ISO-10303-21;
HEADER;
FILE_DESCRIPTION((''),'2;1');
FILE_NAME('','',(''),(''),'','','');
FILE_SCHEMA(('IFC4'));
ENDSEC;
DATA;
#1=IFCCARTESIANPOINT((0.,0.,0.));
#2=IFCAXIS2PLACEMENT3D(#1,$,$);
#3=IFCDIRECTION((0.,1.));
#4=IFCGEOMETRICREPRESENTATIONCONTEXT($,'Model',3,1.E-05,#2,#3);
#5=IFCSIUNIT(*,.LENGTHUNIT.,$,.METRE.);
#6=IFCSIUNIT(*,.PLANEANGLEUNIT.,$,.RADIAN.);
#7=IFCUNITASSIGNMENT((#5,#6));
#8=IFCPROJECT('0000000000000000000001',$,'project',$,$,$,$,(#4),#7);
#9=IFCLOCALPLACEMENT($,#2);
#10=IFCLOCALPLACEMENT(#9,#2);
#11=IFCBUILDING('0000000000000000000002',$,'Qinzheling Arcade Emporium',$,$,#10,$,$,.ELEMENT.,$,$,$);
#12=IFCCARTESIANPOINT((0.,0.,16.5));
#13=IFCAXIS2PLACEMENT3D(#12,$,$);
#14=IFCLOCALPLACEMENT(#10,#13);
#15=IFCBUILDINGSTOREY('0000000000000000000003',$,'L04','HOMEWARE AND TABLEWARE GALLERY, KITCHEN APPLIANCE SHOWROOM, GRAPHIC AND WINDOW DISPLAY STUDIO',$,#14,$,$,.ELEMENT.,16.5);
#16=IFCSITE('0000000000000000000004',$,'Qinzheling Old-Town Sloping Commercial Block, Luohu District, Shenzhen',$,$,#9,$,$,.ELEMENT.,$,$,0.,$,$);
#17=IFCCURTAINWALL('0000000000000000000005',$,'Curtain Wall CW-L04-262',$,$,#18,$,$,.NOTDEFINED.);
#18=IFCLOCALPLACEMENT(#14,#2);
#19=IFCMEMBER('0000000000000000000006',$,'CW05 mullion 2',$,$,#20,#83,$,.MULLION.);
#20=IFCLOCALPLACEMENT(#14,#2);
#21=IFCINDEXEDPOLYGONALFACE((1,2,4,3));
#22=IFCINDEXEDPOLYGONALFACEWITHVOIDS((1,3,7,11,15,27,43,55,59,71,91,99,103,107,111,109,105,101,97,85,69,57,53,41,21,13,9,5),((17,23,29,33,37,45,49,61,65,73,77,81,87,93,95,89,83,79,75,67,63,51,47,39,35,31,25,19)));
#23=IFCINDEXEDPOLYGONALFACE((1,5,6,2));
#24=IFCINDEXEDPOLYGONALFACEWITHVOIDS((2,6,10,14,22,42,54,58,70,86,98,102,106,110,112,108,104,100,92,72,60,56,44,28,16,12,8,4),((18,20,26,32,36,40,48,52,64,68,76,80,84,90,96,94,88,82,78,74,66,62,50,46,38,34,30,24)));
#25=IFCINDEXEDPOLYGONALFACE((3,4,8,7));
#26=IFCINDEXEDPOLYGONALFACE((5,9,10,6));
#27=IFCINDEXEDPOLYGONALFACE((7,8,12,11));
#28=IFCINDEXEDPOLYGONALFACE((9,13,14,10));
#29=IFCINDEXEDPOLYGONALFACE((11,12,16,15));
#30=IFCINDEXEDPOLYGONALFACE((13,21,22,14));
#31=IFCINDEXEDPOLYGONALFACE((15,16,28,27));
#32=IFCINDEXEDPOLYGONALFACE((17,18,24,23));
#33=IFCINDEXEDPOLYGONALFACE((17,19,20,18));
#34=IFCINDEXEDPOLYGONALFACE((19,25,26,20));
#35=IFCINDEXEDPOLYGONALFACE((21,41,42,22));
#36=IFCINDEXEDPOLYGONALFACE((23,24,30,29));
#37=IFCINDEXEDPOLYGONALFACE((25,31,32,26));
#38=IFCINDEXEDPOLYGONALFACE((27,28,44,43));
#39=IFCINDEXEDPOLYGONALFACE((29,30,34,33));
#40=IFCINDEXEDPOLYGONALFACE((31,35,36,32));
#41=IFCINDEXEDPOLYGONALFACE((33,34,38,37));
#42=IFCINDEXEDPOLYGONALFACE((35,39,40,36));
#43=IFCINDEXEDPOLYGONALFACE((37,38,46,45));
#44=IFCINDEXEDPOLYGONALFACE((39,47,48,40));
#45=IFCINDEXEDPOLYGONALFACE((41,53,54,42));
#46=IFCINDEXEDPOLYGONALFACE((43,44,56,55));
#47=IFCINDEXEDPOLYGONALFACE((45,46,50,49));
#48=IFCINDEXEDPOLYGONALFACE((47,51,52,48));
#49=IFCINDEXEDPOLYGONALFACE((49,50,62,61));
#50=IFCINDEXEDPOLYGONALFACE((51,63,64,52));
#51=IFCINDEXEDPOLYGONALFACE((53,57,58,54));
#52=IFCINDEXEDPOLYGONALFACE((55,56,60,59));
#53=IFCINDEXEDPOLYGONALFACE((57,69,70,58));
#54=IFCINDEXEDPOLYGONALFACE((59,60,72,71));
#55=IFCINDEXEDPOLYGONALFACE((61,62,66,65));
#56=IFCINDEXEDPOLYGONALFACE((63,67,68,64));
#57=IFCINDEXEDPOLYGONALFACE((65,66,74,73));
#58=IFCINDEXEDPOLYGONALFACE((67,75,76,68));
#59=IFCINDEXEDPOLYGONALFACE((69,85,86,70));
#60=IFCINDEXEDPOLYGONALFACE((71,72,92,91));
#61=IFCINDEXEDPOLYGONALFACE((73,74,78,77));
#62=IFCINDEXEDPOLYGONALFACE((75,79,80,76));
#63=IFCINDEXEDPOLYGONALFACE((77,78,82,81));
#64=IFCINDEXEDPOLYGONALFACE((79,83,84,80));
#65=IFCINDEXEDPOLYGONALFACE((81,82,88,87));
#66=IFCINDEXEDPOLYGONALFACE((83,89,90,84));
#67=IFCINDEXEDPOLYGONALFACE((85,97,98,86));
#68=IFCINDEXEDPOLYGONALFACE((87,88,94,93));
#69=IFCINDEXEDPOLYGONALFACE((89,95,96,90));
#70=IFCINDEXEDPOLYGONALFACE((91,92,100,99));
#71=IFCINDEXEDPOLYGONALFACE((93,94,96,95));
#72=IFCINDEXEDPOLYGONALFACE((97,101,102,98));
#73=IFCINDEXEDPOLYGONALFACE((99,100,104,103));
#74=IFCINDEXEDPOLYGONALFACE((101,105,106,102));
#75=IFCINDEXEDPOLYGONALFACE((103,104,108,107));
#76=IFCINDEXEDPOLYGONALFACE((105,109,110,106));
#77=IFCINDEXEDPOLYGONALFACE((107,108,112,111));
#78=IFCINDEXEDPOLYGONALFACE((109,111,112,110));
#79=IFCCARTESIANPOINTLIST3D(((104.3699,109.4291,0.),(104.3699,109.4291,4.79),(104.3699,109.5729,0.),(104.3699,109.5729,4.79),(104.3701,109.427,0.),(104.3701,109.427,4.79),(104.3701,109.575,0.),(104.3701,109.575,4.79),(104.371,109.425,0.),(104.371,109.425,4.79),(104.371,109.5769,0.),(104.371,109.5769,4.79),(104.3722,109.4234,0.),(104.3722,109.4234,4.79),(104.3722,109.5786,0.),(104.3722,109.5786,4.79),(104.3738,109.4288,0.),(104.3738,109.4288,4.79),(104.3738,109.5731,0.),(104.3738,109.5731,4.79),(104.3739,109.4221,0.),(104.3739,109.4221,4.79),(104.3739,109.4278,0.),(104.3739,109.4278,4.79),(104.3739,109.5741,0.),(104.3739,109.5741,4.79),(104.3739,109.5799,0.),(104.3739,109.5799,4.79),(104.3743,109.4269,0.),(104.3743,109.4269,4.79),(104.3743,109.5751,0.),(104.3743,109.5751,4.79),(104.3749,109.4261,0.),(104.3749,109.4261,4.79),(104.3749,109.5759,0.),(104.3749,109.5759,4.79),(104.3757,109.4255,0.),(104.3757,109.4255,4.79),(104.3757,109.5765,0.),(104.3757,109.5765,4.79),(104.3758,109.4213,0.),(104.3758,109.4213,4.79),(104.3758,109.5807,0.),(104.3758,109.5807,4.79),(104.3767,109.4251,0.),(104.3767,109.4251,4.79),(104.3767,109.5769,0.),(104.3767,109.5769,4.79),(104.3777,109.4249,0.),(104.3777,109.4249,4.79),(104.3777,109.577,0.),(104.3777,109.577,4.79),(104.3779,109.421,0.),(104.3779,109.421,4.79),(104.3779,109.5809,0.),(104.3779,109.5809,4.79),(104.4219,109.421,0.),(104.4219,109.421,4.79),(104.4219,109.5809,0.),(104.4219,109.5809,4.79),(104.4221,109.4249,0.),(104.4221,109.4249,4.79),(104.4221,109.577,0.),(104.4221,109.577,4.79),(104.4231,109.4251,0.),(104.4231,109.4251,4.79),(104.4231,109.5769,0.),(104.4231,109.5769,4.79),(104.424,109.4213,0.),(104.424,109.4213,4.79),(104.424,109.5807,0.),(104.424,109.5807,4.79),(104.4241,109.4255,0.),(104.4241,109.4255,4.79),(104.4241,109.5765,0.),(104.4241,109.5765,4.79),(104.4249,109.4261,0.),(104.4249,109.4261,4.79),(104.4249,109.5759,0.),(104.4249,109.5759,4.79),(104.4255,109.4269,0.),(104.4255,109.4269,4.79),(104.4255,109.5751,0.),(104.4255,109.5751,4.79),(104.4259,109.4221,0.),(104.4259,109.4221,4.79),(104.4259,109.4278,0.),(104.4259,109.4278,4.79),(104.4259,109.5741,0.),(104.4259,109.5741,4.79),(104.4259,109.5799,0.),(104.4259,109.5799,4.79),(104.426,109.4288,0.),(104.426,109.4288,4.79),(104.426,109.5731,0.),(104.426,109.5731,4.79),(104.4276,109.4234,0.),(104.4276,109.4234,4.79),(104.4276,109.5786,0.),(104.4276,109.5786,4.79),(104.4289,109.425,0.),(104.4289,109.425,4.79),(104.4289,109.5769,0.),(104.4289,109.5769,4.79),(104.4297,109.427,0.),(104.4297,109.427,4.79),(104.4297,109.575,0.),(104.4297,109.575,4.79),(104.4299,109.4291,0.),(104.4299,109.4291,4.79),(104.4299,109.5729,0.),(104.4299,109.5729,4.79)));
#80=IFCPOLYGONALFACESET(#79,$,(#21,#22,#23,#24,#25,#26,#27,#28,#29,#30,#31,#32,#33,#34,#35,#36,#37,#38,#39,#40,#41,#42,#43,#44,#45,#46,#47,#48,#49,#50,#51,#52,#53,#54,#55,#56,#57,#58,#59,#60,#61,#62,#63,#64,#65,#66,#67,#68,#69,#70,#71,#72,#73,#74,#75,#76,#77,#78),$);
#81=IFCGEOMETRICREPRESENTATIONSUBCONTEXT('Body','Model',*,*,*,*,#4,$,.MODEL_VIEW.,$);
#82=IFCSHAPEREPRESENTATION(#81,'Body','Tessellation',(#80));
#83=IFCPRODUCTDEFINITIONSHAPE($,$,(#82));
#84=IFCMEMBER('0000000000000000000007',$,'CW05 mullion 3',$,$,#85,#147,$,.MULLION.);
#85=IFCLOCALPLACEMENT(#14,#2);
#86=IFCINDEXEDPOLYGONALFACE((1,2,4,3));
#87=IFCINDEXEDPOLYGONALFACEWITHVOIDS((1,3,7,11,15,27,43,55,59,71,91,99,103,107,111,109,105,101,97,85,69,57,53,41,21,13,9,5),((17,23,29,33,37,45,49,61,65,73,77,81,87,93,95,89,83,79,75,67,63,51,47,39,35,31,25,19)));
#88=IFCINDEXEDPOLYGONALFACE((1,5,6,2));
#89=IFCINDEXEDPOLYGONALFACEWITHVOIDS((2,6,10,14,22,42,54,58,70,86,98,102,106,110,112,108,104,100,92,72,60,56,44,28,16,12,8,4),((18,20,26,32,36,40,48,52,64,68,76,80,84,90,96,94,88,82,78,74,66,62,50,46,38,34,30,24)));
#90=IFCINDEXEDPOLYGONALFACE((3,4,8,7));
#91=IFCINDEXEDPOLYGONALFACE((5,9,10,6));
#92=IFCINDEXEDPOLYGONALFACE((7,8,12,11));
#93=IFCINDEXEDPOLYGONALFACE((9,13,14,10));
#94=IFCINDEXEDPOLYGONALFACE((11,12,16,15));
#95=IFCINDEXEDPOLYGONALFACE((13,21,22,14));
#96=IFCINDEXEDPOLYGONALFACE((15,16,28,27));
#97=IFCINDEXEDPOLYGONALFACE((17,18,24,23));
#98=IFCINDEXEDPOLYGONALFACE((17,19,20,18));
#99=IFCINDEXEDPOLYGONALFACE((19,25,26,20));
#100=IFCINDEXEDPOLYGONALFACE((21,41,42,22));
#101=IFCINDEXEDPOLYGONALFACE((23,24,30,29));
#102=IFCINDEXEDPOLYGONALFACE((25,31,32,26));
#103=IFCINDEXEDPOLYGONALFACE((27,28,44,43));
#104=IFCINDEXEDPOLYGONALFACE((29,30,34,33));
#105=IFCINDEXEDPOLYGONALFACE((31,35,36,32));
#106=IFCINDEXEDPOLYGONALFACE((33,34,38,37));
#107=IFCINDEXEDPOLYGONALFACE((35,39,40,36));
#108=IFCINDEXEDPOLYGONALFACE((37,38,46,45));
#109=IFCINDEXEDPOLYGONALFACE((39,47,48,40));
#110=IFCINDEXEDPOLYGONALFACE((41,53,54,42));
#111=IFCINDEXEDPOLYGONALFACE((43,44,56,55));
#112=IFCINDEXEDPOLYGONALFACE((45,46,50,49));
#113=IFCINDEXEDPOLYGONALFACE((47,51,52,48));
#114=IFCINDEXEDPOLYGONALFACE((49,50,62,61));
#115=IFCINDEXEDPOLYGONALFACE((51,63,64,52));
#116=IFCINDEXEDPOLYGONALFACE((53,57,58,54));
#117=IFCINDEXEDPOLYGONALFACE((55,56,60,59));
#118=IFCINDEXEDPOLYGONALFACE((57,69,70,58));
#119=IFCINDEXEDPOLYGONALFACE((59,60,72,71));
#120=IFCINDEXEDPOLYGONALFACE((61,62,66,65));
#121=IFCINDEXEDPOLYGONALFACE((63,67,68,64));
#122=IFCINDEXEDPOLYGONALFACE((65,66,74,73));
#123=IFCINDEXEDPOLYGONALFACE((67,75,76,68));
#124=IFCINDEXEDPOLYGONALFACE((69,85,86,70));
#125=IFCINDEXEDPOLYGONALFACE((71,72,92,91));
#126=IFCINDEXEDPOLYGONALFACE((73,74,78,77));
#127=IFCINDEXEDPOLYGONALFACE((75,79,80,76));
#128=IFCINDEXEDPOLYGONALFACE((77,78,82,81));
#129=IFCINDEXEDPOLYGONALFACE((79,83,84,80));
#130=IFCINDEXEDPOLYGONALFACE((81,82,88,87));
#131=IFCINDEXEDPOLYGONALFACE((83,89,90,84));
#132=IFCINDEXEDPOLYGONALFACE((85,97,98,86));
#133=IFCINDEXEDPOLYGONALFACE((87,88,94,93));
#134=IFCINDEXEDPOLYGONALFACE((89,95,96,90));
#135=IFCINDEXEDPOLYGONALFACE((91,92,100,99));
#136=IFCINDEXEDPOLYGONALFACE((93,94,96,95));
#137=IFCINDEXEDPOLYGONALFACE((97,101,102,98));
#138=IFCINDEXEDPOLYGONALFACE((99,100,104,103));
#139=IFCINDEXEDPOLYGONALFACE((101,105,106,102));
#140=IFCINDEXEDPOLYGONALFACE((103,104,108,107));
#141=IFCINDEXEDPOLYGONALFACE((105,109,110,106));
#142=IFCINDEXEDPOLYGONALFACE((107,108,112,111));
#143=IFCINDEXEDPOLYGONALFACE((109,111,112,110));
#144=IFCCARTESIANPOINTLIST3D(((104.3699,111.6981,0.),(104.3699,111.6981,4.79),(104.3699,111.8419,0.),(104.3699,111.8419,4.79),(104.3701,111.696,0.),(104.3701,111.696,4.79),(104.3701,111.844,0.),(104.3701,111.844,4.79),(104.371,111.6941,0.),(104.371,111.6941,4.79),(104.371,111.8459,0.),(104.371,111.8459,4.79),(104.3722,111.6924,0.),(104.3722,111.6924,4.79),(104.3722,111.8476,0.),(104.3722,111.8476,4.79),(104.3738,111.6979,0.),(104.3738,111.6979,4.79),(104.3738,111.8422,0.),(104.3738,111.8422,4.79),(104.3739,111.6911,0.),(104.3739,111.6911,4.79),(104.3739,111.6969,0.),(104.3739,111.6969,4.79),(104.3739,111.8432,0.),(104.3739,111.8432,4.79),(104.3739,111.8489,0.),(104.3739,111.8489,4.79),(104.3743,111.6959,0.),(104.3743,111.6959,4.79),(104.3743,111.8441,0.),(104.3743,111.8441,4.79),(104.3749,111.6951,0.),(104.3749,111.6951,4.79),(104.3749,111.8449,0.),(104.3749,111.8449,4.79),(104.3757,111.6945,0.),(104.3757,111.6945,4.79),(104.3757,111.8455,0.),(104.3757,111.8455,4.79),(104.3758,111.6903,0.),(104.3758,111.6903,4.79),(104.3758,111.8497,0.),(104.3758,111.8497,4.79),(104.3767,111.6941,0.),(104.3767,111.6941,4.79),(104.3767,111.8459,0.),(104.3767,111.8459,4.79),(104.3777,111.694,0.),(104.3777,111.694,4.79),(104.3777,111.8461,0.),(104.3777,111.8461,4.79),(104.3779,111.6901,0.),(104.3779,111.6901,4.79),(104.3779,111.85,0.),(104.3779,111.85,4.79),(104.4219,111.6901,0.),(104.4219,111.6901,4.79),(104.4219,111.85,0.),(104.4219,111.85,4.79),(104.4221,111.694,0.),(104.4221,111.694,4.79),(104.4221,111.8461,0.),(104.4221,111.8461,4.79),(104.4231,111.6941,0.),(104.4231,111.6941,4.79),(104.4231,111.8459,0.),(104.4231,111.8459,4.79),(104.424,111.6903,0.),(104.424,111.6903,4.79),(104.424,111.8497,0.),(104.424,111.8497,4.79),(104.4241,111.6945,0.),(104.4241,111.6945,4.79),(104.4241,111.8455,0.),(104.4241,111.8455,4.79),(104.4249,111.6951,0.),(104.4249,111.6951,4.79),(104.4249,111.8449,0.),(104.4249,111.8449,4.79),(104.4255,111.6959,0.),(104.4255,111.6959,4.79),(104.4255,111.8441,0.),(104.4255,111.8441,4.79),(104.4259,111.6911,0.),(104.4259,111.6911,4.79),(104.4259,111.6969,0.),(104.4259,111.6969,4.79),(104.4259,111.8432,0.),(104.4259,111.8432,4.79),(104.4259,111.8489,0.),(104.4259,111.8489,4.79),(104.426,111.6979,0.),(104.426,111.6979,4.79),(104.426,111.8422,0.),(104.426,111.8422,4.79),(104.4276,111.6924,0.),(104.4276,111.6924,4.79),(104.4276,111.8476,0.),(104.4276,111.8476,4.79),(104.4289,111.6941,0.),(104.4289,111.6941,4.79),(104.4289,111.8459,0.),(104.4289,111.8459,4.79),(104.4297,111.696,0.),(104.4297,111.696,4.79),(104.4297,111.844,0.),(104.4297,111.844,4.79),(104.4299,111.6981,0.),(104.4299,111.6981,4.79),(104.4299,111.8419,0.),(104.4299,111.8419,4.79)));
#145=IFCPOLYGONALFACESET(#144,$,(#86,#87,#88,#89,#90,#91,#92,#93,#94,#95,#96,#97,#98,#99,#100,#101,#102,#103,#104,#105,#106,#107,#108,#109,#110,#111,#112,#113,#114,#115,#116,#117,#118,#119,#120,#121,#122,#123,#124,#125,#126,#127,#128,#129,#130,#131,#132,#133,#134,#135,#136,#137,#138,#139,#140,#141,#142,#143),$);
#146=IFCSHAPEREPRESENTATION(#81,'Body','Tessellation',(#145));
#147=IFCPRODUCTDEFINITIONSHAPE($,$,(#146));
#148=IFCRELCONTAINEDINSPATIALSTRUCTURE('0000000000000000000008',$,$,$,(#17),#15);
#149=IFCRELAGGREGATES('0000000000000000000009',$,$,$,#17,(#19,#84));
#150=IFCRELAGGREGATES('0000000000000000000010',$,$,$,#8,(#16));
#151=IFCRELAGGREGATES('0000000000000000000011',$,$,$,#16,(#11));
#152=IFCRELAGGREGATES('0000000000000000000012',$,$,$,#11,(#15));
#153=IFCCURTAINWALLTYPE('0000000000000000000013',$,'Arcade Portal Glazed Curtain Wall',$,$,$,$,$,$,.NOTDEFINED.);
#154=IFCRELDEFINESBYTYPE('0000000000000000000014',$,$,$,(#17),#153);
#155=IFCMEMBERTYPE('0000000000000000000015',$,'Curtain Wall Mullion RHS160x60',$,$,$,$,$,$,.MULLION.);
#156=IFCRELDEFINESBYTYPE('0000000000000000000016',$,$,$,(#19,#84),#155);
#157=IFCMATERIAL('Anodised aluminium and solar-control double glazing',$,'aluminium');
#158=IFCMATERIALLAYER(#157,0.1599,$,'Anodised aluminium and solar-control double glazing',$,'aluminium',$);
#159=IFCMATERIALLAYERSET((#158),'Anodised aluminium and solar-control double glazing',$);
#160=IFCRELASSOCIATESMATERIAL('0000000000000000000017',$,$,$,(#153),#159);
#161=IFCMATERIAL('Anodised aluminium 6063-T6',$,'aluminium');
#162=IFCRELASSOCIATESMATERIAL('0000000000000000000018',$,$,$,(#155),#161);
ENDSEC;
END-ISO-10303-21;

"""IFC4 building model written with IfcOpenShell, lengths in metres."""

from ifc_helpers import new_model, si_unit, direction, frame, origin, origin_2d, place, context, subcontext, project, spatial, hollow_rectangle, extrude, material, layer, layer_set, material_profile, profile_set, type_object, element, aggregate, save


model = new_model("IFC4")

# Units and contexts
model_context = context("Model", 3, precision=1e-05, world=origin(), true_north=direction((0.0, 1.0)))
body_context = subcontext(model_context, "Body", "Model", "MODEL_VIEW")
ifc_project = project(units=[si_unit("LENGTHUNIT", "METRE"), si_unit("PLANEANGLEUNIT", "RADIAN")], contexts=[model_context])

# Site, building, storey
site_placement = place(None, origin())
site = spatial("IfcSite", under=ifc_project, at=site_placement, Name="Qinzheling Old-Town Sloping Commercial Block, Luohu District, Shenzhen", CompositionType="ELEMENT", RefElevation=0.0)
building_placement = place(site_placement, origin())
building = spatial("IfcBuilding", under=site, at=building_placement, Name="Qinzheling Arcade Emporium", CompositionType="ELEMENT")
storey_placement = place(building_placement, frame((0.0, 0.0, 16.5)))
storey = spatial("IfcBuildingStorey", under=building, at=storey_placement, Name="L04", Description="HOMEWARE AND TABLEWARE GALLERY, KITCHEN APPLIANCE SHOWROOM, GRAPHIC AND WINDOW DISPLAY STUDIO", CompositionType="ELEMENT", Elevation=16.5)

# Curtain wall, members
ifc_material_1 = material(Name="Anodised aluminium and solar-control double glazing", Category="aluminium")
ifc_layer_1 = layer(ifc_material_1, 0.1599, Name="Anodised aluminium and solar-control double glazing", Category="aluminium")
ifc_layer_set_1 = layer_set([ifc_layer_1], Name="Anodised aluminium and solar-control double glazing")
curtain_wall_type = type_object("IfcCurtainWallType", Name="Arcade Portal Glazed Curtain Wall", PredefinedType="NOTDEFINED", material=ifc_layer_set_1)
curtain_wall_1_placement = place(storey_placement, origin())
curtain_wall_1 = element("IfcCurtainWall", 1, at=curtain_wall_1_placement, inside=storey, type_object=curtain_wall_type, Name="Curtain Wall CW-L04-262", PredefinedType="NOTDEFINED")
ifc_material_2 = material(Name="Anodised aluminium 6063-T6", Category="aluminium")
ifc_material_profile_1 = material_profile(ifc_material_2, hollow_rectangle(XDim=0.0601, YDim=0.1599, WallThickness=0.0039, InnerFilletRadius=0.0039, OuterFilletRadius=0.0081, at=origin_2d()), Name="RHS 160x60x4", Category="aluminium")
ifc_profile_set_1 = profile_set([ifc_material_profile_1], Name="Anodised aluminium 6063-T6")
member_type_1 = type_object("IfcMemberType", Name="Curtain Wall Mullion RHS160x60", PredefinedType="MULLION", material=ifc_profile_set_1)
member_1_placement = place(storey_placement, frame((104.3999, 109.501, 0.0), z_axis=(0.0, 0.0, 1.0), x_axis=(-1.0, 0.0, 0.0)))
member_1 = element("IfcMember", 2, at=member_1_placement, type_object=member_type_1, Name="CW05 mullion 2", PredefinedType="MULLION", context=body_context, shape_type="SweptSolid", body=[
    extrude(hollow_rectangle(XDim=0.0601, YDim=0.1599, WallThickness=0.0039, InnerFilletRadius=0.0039, OuterFilletRadius=0.0081, at=origin_2d()), origin(), (0.0, 0.0, 1.0), 4.79),
])
member_2_placement = place(storey_placement, frame((104.3999, 111.77, 0.0), z_axis=(0.0, 0.0, 1.0), x_axis=(-1.0, 0.0, 0.0)))
member_2 = element("IfcMember", 3, at=member_2_placement, type_object=member_type_1, Name="CW05 mullion 3", PredefinedType="MULLION", context=body_context, shape_type="SweptSolid", body=[
    extrude(hollow_rectangle(XDim=0.0601, YDim=0.1599, WallThickness=0.0039, InnerFilletRadius=0.0039, OuterFilletRadius=0.0081, at=origin_2d()), origin(), (0.0, 0.0, 1.0), 4.79),
])

aggregate(curtain_wall_1, [member_1, member_2])

save(model, "model.ifc")
